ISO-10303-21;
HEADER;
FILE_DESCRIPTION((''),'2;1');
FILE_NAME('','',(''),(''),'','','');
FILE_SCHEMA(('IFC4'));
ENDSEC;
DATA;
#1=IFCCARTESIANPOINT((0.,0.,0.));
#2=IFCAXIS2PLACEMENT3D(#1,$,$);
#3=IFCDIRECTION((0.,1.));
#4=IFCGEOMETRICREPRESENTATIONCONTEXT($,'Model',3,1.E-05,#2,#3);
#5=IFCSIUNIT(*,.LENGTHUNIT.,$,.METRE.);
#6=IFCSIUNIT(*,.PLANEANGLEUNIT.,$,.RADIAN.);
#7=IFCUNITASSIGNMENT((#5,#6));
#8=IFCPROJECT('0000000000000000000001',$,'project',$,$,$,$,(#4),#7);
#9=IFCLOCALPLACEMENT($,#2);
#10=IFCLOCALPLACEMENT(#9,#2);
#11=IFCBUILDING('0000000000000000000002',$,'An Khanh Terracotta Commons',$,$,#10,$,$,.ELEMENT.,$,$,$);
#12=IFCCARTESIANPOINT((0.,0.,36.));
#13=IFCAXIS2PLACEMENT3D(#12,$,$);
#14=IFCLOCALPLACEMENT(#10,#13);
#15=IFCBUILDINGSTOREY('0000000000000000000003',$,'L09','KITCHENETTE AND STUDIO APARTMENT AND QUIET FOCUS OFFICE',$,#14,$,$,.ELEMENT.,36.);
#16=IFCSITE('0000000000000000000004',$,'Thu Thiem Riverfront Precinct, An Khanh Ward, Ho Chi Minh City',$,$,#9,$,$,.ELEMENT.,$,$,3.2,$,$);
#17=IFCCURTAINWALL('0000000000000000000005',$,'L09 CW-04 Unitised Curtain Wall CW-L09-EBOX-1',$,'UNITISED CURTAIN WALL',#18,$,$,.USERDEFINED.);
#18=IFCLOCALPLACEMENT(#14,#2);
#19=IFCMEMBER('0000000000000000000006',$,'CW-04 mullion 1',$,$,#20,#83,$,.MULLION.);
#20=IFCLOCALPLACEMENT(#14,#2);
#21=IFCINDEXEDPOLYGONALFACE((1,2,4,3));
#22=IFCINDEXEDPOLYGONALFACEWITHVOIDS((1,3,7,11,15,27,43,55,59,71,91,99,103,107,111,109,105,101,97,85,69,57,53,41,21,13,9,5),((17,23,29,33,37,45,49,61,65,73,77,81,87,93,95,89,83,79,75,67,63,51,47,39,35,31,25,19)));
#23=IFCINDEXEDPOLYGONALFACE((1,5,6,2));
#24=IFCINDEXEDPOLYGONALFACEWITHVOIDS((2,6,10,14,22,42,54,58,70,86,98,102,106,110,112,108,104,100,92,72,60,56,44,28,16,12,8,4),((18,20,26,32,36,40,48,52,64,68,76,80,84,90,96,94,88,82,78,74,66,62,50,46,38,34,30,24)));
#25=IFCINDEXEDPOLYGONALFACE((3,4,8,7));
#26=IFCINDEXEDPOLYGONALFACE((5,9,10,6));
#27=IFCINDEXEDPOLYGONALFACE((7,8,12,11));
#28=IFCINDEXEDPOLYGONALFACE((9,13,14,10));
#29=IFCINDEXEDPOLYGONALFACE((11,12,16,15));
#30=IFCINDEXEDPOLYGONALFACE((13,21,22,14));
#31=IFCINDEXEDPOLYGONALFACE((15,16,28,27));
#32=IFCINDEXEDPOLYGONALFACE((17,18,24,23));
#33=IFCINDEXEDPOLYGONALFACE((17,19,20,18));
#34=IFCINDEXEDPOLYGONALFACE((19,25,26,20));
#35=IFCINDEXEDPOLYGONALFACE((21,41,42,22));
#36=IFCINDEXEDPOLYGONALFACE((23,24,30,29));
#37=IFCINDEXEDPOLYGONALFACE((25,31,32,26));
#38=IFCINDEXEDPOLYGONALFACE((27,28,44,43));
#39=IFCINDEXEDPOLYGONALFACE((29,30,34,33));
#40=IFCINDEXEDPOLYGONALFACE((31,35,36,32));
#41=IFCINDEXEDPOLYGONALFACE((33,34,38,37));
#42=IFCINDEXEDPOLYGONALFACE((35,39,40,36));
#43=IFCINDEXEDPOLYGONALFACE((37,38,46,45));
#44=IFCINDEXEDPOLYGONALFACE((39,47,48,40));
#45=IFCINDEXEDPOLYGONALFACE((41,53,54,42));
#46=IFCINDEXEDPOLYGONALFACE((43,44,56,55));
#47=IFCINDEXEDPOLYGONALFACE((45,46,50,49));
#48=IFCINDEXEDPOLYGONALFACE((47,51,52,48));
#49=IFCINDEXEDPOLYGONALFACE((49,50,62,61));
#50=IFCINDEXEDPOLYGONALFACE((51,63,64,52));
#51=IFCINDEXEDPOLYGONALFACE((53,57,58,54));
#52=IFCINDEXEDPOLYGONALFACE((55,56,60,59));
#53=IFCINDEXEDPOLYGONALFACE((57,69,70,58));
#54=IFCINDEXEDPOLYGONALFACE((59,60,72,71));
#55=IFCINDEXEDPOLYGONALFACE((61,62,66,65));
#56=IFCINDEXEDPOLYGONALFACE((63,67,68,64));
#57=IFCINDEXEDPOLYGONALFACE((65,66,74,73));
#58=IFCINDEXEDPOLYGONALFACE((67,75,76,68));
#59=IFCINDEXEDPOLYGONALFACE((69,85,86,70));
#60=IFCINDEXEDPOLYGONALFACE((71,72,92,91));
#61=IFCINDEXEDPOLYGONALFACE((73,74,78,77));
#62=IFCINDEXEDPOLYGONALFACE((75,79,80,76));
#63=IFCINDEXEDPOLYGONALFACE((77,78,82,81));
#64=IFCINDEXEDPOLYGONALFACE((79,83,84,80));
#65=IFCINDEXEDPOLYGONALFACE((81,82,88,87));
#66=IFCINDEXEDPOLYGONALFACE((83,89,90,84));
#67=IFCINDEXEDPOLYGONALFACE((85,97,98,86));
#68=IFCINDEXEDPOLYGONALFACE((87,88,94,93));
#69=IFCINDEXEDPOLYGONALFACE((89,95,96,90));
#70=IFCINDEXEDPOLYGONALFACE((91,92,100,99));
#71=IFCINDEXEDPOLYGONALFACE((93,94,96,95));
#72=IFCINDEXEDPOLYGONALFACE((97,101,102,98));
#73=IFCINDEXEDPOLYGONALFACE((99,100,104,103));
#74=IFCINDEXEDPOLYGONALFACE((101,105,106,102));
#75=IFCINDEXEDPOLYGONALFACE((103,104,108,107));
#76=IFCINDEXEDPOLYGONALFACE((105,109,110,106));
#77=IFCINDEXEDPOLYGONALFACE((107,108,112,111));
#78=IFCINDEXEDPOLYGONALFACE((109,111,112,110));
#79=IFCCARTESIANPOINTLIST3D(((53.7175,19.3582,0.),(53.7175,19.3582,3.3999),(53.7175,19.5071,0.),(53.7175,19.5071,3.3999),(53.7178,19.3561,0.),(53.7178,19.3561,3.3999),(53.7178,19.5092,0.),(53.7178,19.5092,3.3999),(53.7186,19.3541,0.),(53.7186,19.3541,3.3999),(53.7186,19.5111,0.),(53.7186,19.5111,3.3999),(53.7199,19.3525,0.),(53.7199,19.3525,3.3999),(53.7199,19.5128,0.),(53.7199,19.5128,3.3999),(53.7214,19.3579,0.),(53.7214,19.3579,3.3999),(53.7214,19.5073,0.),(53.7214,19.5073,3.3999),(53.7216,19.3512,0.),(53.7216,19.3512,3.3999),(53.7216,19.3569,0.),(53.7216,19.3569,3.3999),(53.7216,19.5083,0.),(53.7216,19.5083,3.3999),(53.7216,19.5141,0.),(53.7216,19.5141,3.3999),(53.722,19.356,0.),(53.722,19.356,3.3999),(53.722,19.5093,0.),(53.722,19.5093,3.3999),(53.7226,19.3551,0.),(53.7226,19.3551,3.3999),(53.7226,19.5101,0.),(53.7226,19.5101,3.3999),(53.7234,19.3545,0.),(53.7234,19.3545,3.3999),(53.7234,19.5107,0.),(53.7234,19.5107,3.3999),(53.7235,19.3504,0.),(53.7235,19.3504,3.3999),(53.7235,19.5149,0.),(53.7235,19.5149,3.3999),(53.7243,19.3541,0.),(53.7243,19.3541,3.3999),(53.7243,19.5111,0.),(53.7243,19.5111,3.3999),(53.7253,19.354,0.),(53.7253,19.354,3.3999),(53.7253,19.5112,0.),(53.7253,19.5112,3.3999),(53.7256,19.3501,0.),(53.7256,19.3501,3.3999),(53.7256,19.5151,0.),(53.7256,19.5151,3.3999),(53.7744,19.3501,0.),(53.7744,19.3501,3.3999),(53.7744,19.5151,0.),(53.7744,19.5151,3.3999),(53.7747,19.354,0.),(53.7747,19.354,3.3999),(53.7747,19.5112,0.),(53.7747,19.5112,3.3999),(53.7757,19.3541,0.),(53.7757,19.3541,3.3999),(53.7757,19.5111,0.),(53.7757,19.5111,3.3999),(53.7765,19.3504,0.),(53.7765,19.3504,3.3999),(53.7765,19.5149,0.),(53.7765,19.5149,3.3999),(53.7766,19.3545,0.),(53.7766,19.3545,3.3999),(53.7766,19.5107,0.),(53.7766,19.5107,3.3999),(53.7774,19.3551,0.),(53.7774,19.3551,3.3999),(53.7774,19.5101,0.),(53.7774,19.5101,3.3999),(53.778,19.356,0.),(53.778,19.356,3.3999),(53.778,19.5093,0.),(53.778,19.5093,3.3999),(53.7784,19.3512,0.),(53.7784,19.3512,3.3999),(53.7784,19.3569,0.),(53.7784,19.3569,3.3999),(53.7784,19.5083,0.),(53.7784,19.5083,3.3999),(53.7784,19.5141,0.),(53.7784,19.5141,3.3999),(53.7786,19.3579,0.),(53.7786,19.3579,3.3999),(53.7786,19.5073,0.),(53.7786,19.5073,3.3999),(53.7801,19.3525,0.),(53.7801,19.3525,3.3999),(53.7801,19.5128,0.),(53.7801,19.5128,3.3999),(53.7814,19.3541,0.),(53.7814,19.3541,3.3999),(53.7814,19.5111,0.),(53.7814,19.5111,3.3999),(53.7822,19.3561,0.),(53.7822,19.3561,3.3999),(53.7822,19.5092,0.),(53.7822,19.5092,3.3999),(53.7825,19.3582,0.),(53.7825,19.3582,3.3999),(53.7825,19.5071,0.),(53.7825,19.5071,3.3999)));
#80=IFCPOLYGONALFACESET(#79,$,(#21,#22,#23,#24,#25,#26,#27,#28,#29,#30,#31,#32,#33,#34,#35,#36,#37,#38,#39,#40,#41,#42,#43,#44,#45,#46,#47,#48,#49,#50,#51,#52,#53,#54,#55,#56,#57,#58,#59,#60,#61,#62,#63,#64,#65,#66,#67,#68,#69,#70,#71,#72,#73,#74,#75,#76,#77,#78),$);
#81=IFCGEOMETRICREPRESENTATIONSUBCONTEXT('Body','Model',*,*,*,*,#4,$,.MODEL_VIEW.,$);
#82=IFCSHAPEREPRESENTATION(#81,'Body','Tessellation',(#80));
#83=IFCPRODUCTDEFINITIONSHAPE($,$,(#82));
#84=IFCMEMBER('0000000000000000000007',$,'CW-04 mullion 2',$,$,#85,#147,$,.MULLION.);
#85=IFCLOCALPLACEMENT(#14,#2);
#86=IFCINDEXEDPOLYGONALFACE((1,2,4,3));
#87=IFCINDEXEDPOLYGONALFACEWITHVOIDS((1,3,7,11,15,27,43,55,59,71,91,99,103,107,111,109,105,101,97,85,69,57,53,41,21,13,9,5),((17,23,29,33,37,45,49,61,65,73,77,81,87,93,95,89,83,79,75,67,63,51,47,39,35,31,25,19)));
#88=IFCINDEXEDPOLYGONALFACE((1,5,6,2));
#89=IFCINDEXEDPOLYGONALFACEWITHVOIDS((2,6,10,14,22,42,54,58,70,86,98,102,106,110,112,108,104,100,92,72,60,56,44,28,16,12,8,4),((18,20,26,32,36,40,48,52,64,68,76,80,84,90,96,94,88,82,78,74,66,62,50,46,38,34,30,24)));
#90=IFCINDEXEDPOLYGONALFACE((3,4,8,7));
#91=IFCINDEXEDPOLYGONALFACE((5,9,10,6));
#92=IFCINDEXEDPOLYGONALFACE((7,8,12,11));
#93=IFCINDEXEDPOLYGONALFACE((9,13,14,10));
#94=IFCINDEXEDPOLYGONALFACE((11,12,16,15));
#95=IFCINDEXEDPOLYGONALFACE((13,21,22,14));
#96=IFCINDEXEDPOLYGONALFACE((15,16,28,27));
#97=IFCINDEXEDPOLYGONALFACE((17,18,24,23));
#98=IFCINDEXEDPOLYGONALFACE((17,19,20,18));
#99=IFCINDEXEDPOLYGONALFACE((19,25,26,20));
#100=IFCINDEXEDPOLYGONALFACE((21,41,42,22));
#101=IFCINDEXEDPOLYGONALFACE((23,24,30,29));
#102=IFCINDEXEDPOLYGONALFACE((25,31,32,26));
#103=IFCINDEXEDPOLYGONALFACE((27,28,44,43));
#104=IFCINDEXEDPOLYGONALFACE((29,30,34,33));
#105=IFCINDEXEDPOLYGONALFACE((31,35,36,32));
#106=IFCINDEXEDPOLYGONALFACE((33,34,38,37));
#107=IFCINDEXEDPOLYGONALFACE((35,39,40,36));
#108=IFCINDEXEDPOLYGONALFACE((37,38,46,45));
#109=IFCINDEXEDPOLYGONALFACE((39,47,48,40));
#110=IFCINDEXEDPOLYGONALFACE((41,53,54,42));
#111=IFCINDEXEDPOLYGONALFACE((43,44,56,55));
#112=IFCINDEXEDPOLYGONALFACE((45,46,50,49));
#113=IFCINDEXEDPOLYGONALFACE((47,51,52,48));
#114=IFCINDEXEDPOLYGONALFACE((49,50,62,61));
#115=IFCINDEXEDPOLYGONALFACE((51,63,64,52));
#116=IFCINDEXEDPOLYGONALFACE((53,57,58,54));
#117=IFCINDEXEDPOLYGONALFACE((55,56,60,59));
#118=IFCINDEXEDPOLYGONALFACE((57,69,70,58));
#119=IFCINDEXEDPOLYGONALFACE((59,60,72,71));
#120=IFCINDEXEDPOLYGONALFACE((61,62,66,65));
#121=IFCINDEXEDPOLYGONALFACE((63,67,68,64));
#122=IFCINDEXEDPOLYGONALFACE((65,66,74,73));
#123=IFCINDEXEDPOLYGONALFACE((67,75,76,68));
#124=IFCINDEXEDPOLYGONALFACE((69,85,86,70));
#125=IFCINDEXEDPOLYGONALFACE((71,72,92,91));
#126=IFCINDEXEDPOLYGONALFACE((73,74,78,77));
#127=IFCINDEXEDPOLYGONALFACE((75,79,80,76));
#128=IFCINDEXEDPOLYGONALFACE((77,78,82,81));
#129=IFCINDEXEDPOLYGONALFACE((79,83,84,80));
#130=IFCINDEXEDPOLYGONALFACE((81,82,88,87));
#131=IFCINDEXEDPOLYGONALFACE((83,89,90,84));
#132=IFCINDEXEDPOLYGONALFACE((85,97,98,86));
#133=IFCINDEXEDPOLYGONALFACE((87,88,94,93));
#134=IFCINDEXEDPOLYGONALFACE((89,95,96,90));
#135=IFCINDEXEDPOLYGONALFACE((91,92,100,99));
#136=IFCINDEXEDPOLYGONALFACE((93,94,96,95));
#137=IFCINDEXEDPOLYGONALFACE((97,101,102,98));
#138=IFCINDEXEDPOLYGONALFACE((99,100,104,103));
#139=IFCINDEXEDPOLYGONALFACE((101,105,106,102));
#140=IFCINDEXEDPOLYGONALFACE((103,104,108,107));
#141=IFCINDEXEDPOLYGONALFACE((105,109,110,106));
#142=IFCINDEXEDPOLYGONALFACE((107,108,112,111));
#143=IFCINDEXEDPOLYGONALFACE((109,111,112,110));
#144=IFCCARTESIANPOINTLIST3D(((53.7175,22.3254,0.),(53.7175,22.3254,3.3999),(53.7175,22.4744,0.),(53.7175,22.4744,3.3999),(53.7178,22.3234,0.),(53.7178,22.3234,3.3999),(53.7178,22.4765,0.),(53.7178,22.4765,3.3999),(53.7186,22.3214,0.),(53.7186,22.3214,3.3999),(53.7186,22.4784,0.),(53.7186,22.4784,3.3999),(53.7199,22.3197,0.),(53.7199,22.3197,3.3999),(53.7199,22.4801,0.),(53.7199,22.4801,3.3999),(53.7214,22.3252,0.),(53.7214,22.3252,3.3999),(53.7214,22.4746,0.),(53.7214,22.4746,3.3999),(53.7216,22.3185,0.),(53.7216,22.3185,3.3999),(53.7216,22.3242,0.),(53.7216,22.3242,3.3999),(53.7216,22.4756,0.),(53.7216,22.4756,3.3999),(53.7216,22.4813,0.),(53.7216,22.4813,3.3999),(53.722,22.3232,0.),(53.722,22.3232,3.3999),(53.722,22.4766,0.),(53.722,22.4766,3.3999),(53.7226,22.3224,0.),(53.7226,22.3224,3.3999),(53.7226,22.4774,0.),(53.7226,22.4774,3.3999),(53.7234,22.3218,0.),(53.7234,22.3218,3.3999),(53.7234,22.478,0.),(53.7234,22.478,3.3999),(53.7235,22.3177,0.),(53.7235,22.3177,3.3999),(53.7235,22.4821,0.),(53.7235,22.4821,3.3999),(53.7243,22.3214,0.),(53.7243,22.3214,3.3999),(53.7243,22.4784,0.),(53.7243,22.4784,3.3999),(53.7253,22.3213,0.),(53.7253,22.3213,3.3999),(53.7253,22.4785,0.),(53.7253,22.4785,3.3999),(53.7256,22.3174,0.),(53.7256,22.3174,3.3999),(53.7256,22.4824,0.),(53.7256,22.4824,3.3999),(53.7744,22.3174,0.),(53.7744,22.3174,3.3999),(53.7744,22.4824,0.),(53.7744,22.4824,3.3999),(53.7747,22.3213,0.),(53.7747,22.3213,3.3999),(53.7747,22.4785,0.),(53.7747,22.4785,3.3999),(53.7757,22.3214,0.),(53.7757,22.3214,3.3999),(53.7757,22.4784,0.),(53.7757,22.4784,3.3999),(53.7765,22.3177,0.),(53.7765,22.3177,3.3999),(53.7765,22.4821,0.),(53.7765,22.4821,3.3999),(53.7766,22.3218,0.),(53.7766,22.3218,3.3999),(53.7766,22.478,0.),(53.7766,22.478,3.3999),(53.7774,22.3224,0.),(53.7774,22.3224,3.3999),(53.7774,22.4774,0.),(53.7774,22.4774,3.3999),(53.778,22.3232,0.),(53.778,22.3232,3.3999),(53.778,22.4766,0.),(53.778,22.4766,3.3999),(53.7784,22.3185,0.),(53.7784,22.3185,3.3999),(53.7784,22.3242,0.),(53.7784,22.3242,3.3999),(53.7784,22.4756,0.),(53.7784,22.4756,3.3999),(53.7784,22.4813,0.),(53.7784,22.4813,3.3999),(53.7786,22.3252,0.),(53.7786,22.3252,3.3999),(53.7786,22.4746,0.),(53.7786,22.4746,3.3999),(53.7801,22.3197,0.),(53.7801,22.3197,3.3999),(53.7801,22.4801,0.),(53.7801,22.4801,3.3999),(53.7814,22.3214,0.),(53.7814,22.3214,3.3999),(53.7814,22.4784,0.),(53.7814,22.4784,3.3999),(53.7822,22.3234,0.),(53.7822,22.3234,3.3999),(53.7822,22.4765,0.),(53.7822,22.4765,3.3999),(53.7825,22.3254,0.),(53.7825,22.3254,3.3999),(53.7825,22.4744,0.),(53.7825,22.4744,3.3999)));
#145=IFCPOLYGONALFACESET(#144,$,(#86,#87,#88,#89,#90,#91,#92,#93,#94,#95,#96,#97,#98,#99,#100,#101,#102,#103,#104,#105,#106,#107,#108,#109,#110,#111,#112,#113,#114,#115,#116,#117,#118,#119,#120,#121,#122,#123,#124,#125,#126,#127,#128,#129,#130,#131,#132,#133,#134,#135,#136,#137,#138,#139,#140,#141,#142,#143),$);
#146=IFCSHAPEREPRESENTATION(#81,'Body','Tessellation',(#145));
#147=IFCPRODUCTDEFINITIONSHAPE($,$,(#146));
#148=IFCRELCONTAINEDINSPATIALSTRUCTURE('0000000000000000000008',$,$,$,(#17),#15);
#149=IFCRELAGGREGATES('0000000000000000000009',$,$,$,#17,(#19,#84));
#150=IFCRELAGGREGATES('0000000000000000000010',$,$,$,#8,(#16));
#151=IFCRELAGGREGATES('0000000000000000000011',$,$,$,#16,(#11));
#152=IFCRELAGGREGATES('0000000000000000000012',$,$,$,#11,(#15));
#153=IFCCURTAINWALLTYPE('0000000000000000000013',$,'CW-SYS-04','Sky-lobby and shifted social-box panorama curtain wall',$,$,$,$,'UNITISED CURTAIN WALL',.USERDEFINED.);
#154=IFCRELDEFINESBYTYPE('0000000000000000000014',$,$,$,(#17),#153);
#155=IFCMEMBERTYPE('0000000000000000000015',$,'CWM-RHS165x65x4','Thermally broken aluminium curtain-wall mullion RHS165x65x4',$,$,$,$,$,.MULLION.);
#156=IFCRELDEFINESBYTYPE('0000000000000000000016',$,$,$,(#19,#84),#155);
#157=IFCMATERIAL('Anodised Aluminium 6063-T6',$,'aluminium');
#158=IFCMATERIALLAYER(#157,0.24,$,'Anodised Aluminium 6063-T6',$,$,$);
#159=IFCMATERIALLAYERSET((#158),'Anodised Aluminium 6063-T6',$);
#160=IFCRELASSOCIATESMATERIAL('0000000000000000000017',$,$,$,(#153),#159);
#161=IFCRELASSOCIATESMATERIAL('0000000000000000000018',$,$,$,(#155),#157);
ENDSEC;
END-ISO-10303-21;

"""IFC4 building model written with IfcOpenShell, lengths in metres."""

from ifc_helpers import new_model, si_unit, direction, frame, origin, origin_2d, place, context, subcontext, project, spatial, hollow_rectangle, extrude, material, layer, layer_set, material_profile, profile_set, type_object, element, aggregate, save


model = new_model("IFC4")

# Units and contexts
model_context = context("Model", 3, precision=1e-05, world=origin(), true_north=direction((0.0, 1.0)))
body_context = subcontext(model_context, "Body", "Model", "MODEL_VIEW")
ifc_project = project(units=[si_unit("LENGTHUNIT", "METRE"), si_unit("PLANEANGLEUNIT", "RADIAN")], contexts=[model_context])

# Site, building, storey
site_placement = place(None, origin())
site = spatial("IfcSite", under=ifc_project, at=site_placement, Name="Thu Thiem Riverfront Precinct, An Khanh Ward, Ho Chi Minh City", CompositionType="ELEMENT", RefElevation=3.2)
building_placement = place(site_placement, origin())
building = spatial("IfcBuilding", under=site, at=building_placement, Name="An Khanh Terracotta Commons", CompositionType="ELEMENT")
storey_placement = place(building_placement, frame((0.0, 0.0, 36.0)))
storey = spatial("IfcBuildingStorey", under=building, at=storey_placement, Name="L09", Description="KITCHENETTE AND STUDIO APARTMENT AND QUIET FOCUS OFFICE", CompositionType="ELEMENT", Elevation=36.0)

# Curtain wall, members
ifc_material_1 = material(Name="Anodised Aluminium 6063-T6", Category="aluminium")
ifc_layer_1 = layer(ifc_material_1, 0.24, Name="Anodised Aluminium 6063-T6")
ifc_layer_set_1 = layer_set([ifc_layer_1], Name="Anodised Aluminium 6063-T6")
curtain_wall_type = type_object("IfcCurtainWallType", Name="CW-SYS-04", Description="Sky-lobby and shifted social-box panorama curtain wall", ElementType="UNITISED CURTAIN WALL", PredefinedType="USERDEFINED", material=ifc_layer_set_1)
curtain_wall_1_placement = place(storey_placement, origin())
curtain_wall_1 = element("IfcCurtainWall", 1, at=curtain_wall_1_placement, inside=storey, type_object=curtain_wall_type, Name="L09 CW-04 Unitised Curtain Wall CW-L09-EBOX-1", ObjectType="UNITISED CURTAIN WALL", PredefinedType="USERDEFINED")
ifc_material_profile_1 = material_profile(ifc_material_1, hollow_rectangle(XDim=0.0649, YDim=0.165, WallThickness=0.0039, InnerFilletRadius=0.0039, OuterFilletRadius=0.0081, at=origin_2d()), Name="RHS165x65x4")
ifc_profile_set_1 = profile_set([ifc_material_profile_1], Name="Anodised Aluminium 6063-T6")
member_type_1 = type_object("IfcMemberType", Name="CWM-RHS165x65x4", Description="Thermally broken aluminium curtain-wall mullion RHS165x65x4", PredefinedType="MULLION", material=ifc_profile_set_1)
member_1_placement = place(storey_placement, frame((53.75, 19.4326, 0.0), z_axis=(0.0, 0.0, 1.0), x_axis=(-1.0, 0.0, 0.0)))
member_1 = element("IfcMember", 2, at=member_1_placement, type_object=member_type_1, Name="CW-04 mullion 1", PredefinedType="MULLION", context=body_context, shape_type="SweptSolid", body=[
    extrude(hollow_rectangle(XDim=0.0649, YDim=0.165, WallThickness=0.0039, InnerFilletRadius=0.0039, OuterFilletRadius=0.0081, at=origin_2d()), origin(), (0.0, 0.0, 1.0), 3.3999),
])
member_2_placement = place(storey_placement, frame((53.75, 22.3999, 0.0), z_axis=(0.0, 0.0, 1.0), x_axis=(-1.0, 0.0, 0.0)))
member_2 = element("IfcMember", 3, at=member_2_placement, type_object=member_type_1, Name="CW-04 mullion 2", PredefinedType="MULLION", context=body_context, shape_type="SweptSolid", body=[
    extrude(hollow_rectangle(XDim=0.0649, YDim=0.165, WallThickness=0.0039, InnerFilletRadius=0.0039, OuterFilletRadius=0.0081, at=origin_2d()), origin(), (0.0, 0.0, 1.0), 3.3999),
])

aggregate(curtain_wall_1, [member_1, member_2])

save(model, "model.ifc")
